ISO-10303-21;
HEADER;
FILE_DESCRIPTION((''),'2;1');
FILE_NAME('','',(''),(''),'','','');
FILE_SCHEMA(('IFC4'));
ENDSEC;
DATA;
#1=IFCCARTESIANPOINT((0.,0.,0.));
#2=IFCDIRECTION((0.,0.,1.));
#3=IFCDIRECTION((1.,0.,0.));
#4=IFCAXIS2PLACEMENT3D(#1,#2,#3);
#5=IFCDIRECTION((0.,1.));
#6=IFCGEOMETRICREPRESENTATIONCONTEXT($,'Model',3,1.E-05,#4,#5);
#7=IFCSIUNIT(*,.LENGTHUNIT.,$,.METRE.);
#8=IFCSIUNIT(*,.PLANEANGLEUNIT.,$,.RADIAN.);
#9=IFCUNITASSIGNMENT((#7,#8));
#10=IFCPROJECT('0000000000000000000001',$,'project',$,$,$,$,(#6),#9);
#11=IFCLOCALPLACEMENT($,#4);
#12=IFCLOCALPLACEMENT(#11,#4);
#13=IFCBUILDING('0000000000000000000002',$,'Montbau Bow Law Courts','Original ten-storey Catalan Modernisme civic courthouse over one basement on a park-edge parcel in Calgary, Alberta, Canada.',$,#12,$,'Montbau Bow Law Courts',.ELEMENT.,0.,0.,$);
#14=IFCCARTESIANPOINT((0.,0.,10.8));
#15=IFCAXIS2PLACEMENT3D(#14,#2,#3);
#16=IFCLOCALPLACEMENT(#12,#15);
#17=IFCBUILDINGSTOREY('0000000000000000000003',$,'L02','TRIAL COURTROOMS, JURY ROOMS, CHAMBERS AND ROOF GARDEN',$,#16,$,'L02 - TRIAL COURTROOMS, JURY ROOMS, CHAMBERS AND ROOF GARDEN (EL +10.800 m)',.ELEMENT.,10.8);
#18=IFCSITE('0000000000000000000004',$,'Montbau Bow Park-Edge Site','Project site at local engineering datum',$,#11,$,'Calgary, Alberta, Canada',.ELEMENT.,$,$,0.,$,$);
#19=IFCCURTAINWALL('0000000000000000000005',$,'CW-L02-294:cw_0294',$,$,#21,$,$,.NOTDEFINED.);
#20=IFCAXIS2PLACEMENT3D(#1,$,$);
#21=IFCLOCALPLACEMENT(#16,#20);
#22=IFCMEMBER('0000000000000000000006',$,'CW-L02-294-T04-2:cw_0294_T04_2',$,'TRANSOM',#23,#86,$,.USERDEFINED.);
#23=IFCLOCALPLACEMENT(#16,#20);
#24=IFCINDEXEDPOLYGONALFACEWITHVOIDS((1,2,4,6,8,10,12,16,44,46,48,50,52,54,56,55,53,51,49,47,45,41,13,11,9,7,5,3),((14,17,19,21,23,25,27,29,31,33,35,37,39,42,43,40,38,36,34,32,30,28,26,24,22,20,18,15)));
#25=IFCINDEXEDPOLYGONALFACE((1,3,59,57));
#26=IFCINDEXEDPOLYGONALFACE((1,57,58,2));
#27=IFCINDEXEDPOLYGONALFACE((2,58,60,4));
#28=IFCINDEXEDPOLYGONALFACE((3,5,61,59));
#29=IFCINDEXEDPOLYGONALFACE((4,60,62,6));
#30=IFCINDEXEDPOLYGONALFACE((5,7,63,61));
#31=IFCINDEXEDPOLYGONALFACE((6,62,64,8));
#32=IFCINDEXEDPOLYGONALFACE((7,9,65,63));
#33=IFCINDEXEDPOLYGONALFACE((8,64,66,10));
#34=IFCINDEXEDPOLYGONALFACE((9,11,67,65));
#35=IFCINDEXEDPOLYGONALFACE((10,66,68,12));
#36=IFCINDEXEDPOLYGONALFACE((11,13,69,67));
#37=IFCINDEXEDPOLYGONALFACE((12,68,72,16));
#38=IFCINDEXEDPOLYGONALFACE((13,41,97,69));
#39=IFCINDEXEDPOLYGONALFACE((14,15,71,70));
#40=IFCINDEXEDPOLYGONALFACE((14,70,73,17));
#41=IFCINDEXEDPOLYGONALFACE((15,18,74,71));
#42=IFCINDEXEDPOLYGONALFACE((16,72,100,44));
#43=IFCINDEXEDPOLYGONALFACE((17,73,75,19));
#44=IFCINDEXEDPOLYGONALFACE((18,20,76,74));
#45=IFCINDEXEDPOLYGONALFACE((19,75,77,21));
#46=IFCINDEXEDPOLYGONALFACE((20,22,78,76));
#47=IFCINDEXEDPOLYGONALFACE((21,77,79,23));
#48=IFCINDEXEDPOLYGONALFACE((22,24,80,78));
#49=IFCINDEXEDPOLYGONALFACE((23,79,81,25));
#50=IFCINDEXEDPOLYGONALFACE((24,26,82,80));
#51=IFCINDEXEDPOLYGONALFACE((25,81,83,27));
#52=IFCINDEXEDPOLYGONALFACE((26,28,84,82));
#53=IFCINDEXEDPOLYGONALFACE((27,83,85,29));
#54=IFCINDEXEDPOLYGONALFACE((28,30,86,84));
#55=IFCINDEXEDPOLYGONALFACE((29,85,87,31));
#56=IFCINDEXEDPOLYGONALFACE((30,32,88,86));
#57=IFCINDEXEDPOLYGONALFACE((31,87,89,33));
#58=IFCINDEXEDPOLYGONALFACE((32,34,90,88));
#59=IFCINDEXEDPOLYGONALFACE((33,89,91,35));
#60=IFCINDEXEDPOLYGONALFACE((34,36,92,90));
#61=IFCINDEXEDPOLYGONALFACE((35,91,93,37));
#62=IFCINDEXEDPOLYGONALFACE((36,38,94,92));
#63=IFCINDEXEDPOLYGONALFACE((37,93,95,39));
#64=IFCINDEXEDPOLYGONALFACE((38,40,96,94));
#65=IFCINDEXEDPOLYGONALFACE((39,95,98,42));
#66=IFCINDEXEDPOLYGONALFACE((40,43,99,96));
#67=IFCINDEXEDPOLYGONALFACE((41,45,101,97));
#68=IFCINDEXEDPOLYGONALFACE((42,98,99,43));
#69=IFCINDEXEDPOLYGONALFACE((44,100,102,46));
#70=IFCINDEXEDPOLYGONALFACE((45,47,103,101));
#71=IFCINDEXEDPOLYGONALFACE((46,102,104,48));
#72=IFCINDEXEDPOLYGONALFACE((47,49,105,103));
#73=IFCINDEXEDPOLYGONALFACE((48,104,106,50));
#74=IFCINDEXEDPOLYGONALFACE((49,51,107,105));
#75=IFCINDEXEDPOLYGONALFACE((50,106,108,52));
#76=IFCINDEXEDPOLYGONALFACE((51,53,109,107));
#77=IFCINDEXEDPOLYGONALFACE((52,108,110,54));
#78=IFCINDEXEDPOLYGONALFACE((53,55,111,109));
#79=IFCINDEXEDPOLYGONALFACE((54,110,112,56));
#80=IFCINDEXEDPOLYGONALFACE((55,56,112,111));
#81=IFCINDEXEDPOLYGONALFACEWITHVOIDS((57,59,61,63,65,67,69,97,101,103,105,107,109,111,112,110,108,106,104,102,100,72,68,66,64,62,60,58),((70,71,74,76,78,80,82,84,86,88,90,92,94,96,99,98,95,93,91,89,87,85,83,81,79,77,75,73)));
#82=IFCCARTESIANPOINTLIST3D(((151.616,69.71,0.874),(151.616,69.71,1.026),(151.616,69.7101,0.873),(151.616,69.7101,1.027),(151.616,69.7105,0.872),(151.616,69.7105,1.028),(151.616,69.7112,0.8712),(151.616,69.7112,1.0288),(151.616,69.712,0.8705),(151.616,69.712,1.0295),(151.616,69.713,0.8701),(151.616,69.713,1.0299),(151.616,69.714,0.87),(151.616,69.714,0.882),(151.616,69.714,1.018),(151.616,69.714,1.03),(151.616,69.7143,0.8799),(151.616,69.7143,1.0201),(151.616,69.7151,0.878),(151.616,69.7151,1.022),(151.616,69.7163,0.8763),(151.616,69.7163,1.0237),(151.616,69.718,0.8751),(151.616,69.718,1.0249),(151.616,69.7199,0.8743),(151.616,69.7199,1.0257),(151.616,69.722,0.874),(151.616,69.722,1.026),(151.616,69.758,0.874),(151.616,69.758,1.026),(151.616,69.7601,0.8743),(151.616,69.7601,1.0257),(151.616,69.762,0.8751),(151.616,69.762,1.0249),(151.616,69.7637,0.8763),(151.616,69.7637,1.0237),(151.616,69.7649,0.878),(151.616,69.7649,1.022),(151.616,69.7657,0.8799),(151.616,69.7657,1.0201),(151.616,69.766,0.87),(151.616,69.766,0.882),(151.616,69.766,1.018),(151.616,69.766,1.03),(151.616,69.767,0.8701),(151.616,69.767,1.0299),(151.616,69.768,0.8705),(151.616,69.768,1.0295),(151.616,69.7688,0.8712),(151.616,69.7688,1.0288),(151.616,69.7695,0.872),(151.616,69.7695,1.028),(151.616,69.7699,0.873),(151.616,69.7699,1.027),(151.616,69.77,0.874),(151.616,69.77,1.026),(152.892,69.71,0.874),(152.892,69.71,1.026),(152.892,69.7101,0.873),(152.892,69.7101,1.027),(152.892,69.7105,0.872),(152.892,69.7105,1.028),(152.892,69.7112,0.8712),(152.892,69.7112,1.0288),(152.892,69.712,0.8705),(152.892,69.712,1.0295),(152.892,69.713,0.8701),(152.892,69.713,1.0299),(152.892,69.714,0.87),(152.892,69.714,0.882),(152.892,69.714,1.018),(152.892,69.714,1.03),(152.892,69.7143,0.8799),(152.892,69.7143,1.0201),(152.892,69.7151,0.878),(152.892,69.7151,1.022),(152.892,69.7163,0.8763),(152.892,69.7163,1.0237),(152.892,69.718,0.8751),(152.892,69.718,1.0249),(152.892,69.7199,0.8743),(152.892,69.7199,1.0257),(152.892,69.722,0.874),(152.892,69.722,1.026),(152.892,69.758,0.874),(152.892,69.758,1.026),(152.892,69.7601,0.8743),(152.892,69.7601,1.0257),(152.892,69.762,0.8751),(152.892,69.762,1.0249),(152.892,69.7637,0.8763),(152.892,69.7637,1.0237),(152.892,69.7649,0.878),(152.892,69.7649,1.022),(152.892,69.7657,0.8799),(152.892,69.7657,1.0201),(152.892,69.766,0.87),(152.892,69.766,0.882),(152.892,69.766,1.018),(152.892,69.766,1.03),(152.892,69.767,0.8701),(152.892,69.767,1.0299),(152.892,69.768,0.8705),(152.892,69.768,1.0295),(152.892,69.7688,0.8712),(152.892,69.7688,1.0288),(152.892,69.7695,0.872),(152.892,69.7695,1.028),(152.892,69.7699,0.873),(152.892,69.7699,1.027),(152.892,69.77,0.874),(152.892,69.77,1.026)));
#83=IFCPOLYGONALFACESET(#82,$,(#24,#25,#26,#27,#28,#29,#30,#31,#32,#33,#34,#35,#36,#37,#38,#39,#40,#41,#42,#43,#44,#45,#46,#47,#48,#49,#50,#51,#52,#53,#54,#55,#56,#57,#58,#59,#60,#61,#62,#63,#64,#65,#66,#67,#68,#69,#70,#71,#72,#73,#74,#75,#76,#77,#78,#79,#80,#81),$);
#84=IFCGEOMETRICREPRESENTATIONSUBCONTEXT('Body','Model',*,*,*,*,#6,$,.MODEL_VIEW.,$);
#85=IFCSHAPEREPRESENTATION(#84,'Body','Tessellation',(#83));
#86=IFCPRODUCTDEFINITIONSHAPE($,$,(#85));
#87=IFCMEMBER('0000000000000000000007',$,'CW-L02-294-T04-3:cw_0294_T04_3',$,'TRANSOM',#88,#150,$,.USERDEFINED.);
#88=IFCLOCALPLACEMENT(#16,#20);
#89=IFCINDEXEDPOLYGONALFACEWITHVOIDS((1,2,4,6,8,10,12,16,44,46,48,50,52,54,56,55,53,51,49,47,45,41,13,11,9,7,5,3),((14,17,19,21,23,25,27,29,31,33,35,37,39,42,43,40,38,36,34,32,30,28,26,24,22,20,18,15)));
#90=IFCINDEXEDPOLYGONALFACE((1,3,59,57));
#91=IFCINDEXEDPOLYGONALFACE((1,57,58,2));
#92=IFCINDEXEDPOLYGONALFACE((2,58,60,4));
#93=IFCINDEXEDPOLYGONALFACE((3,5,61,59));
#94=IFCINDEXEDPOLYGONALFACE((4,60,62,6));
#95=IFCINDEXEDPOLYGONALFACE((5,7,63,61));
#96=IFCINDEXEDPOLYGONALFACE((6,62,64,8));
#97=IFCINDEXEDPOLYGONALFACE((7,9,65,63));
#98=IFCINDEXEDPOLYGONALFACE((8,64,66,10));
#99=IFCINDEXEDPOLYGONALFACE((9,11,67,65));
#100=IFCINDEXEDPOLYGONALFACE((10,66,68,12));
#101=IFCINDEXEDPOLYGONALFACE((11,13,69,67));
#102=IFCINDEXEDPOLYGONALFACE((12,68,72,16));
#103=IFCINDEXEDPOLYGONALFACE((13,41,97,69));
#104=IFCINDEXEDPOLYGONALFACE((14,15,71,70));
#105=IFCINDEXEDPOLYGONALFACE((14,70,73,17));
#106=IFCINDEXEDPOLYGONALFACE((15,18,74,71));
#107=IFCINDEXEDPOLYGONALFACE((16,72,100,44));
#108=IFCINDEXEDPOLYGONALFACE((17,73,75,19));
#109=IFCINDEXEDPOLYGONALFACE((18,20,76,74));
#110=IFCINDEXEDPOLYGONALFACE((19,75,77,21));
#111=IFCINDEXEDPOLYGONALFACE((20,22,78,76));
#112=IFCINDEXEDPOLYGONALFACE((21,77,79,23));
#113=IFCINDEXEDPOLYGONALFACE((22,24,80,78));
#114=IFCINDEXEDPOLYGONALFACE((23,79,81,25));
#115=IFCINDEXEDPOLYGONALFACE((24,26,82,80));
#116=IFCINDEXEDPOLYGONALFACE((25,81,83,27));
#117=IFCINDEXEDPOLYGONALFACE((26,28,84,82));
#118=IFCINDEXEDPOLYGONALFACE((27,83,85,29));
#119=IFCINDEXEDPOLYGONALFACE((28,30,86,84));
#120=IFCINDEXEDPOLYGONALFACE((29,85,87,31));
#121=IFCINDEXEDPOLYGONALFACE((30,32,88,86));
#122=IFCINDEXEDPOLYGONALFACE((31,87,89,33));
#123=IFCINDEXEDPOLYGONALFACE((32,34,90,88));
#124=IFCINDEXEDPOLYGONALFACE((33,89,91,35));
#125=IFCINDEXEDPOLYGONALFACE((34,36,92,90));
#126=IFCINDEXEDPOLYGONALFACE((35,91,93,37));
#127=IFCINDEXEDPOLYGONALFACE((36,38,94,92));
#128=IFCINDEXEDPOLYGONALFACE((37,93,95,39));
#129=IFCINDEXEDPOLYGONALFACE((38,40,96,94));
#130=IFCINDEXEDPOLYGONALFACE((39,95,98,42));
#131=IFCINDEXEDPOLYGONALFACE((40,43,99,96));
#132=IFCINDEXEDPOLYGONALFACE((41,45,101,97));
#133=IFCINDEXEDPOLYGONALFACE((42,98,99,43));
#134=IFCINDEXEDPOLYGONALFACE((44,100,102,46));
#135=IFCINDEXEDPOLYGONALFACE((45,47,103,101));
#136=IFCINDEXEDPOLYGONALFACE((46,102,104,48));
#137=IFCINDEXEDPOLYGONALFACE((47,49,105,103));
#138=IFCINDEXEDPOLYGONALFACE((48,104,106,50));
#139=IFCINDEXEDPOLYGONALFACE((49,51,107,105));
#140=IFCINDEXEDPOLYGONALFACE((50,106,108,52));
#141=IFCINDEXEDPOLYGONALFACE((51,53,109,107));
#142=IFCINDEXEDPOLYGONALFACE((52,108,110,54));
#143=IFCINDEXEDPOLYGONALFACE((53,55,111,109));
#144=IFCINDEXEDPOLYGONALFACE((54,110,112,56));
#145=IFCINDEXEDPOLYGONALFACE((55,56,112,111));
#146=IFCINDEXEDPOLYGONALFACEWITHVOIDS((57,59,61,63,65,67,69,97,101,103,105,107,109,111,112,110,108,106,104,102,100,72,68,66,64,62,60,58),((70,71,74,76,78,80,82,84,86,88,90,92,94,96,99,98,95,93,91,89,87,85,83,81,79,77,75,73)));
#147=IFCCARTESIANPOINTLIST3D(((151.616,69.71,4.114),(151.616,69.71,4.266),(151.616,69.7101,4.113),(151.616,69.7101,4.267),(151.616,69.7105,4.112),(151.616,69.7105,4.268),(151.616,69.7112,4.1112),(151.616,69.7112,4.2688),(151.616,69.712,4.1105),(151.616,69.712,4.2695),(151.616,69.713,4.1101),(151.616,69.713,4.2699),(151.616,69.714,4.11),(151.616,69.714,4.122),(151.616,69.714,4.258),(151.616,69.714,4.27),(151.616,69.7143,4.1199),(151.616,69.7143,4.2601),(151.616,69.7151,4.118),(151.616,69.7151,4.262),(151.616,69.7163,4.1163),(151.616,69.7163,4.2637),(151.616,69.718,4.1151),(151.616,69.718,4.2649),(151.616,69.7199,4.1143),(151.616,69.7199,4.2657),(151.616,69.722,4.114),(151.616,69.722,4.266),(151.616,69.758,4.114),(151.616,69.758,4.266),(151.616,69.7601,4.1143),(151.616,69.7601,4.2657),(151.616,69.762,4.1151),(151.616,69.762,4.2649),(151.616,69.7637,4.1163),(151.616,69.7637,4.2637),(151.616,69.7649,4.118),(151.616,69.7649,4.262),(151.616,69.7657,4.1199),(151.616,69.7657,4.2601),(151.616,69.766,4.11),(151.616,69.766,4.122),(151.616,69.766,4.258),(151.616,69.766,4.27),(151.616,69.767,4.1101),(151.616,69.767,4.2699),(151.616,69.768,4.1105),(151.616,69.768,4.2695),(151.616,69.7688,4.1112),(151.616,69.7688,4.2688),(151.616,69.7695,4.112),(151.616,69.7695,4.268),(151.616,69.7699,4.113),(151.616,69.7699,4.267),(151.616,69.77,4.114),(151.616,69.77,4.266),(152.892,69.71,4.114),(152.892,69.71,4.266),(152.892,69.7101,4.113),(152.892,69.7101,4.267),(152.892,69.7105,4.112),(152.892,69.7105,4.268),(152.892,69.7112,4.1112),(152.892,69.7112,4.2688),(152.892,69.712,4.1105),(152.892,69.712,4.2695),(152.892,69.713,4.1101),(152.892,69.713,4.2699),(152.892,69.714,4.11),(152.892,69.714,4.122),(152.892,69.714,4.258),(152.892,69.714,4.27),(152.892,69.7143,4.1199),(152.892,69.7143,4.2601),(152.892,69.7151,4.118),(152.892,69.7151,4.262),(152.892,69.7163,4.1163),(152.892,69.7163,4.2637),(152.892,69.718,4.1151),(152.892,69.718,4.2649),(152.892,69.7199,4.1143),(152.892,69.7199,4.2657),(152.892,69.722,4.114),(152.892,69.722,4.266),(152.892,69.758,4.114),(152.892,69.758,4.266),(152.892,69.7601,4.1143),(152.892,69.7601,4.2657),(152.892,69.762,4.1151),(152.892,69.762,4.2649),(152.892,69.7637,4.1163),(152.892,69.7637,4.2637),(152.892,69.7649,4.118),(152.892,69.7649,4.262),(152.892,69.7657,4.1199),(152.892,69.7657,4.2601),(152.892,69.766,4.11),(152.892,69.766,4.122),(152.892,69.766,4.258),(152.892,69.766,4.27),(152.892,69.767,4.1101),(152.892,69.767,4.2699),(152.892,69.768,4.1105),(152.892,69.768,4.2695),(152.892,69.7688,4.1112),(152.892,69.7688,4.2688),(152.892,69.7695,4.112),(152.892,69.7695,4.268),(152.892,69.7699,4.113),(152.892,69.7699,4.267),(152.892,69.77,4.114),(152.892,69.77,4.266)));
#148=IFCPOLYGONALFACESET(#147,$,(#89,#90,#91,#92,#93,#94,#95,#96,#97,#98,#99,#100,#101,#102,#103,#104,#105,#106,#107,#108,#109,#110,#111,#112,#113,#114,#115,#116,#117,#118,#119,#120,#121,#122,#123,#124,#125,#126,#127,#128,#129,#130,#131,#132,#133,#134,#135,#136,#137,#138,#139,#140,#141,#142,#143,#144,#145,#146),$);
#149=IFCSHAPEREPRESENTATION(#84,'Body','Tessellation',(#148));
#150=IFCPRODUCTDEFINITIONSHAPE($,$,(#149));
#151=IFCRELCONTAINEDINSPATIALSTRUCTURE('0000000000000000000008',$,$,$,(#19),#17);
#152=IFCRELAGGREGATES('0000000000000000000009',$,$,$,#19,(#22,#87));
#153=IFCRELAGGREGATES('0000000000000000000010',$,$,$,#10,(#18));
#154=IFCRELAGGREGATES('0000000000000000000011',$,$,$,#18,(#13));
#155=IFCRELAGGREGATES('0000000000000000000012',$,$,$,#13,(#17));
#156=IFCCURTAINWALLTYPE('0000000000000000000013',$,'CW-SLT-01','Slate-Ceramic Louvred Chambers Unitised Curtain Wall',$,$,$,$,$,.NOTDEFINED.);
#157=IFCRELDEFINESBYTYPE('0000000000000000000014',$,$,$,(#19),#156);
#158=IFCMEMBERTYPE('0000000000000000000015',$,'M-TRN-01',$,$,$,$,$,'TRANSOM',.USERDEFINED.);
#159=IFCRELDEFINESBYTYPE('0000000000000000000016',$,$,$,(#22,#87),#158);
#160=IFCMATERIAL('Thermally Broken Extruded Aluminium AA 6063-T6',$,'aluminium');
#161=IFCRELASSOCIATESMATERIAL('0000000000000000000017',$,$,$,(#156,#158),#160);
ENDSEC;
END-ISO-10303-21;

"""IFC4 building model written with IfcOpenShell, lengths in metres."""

from ifc_helpers import new_model, si_unit, direction, frame, origin_with_axes, origin_2d_with_axis, place, context, subcontext, project, spatial, hollow_rectangle, extrude, material, material_profile, profile_set, type_object, element, aggregate, save


model = new_model("IFC4")

# Units and contexts
model_context = context("Model", 3, precision=1e-05, world=origin_with_axes(), true_north=direction((0.0, 1.0)))
body_context = subcontext(model_context, "Body", "Model", "MODEL_VIEW")
ifc_project = project(units=[si_unit("LENGTHUNIT", "METRE"), si_unit("PLANEANGLEUNIT", "RADIAN")], contexts=[model_context])

# Site, building, storey
site_placement = place(None, origin_with_axes())
site = spatial("IfcSite", under=ifc_project, at=site_placement, Name="Montbau Bow Park-Edge Site", Description="Project site at local engineering datum", LongName="Calgary, Alberta, Canada", CompositionType="ELEMENT", RefElevation=0.0)
building_placement = place(site_placement, origin_with_axes())
building = spatial("IfcBuilding", under=site, at=building_placement, Name="Montbau Bow Law Courts", Description="Original ten-storey Catalan Modernisme civic courthouse over one basement on a park-edge parcel in Calgary, Alberta, Canada.", LongName="Montbau Bow Law Courts", CompositionType="ELEMENT", ElevationOfRefHeight=0.0, ElevationOfTerrain=0.0)
storey_placement = place(building_placement, frame((0.0, 0.0, 10.8), z_axis=(0.0, 0.0, 1.0), x_axis=(1.0, 0.0, 0.0)))
storey = spatial("IfcBuildingStorey", under=building, at=storey_placement, Name="L02", Description="TRIAL COURTROOMS, JURY ROOMS, CHAMBERS AND ROOF GARDEN", LongName="L02 - TRIAL COURTROOMS, JURY ROOMS, CHAMBERS AND ROOF GARDEN (EL +10.800 m)", CompositionType="ELEMENT", Elevation=10.8)

# Curtain wall, members
ifc_material_1 = material(Name="Thermally Broken Extruded Aluminium AA 6063-T6", Category="aluminium")
curtain_wall_type = type_object("IfcCurtainWallType", Name="CW-SLT-01", Description="Slate-Ceramic Louvred Chambers Unitised Curtain Wall", PredefinedType="NOTDEFINED", material=ifc_material_1)
curtain_wall_placement = place(None, frame((147.515, 69.74, 10.8), z_axis=(0.0, 0.0, 1.0), x_axis=(1.0, 0.0, 0.0)))
curtain_wall = element("IfcCurtainWall", 1, at=curtain_wall_placement, inside=storey, type_object=curtain_wall_type, Name="CW-L02-294:cw_0294", PredefinedType="NOTDEFINED")
ifc_material_profile_1 = material_profile(ifc_material_1, hollow_rectangle(XDim=0.06, YDim=0.16, WallThickness=0.004, InnerFilletRadius=0.008, OuterFilletRadius=0.004, at=origin_2d_with_axis()), Name="CWT-160X60", Category="Main", Priority=0)
ifc_profile_set_1 = profile_set([ifc_material_profile_1], Name="Thermally Broken Extruded Aluminium AA 6063-T6")
member_type_1 = type_object("IfcMemberType", Name="M-TRN-01", ElementType="TRANSOM", PredefinedType="USERDEFINED", material=ifc_profile_set_1)
member_1_placement = place(None, frame((151.616, 69.74, 11.75), z_axis=(1.0, 0.0, 0.0), x_axis=(0.0, 1.0, 0.0)))
member_1 = element("IfcMember", 2, at=member_1_placement, type_object=member_type_1, Name="CW-L02-294-T04-2:cw_0294_T04_2", ObjectType="TRANSOM", PredefinedType="USERDEFINED", context=body_context, shape_type="SweptSolid", body=[
    extrude(hollow_rectangle(XDim=0.06, YDim=0.16, WallThickness=0.004, InnerFilletRadius=0.008, OuterFilletRadius=0.004, at=origin_2d_with_axis()), origin_with_axes(), (0.0, 0.0, 1.0), 1.276),
])
member_2_placement = place(None, frame((151.616, 69.74, 14.99), z_axis=(1.0, 0.0, 0.0), x_axis=(0.0, 1.0, 0.0)))
member_2 = element("IfcMember", 3, at=member_2_placement, type_object=member_type_1, Name="CW-L02-294-T04-3:cw_0294_T04_3", ObjectType="TRANSOM", PredefinedType="USERDEFINED", context=body_context, shape_type="SweptSolid", body=[
    extrude(hollow_rectangle(XDim=0.06, YDim=0.16, WallThickness=0.004, InnerFilletRadius=0.008, OuterFilletRadius=0.004, at=origin_2d_with_axis()), origin_with_axes(), (0.0, 0.0, 1.0), 1.276),
])
aggregate(curtain_wall, [member_1, member_2])

save(model, "model.ifc")
